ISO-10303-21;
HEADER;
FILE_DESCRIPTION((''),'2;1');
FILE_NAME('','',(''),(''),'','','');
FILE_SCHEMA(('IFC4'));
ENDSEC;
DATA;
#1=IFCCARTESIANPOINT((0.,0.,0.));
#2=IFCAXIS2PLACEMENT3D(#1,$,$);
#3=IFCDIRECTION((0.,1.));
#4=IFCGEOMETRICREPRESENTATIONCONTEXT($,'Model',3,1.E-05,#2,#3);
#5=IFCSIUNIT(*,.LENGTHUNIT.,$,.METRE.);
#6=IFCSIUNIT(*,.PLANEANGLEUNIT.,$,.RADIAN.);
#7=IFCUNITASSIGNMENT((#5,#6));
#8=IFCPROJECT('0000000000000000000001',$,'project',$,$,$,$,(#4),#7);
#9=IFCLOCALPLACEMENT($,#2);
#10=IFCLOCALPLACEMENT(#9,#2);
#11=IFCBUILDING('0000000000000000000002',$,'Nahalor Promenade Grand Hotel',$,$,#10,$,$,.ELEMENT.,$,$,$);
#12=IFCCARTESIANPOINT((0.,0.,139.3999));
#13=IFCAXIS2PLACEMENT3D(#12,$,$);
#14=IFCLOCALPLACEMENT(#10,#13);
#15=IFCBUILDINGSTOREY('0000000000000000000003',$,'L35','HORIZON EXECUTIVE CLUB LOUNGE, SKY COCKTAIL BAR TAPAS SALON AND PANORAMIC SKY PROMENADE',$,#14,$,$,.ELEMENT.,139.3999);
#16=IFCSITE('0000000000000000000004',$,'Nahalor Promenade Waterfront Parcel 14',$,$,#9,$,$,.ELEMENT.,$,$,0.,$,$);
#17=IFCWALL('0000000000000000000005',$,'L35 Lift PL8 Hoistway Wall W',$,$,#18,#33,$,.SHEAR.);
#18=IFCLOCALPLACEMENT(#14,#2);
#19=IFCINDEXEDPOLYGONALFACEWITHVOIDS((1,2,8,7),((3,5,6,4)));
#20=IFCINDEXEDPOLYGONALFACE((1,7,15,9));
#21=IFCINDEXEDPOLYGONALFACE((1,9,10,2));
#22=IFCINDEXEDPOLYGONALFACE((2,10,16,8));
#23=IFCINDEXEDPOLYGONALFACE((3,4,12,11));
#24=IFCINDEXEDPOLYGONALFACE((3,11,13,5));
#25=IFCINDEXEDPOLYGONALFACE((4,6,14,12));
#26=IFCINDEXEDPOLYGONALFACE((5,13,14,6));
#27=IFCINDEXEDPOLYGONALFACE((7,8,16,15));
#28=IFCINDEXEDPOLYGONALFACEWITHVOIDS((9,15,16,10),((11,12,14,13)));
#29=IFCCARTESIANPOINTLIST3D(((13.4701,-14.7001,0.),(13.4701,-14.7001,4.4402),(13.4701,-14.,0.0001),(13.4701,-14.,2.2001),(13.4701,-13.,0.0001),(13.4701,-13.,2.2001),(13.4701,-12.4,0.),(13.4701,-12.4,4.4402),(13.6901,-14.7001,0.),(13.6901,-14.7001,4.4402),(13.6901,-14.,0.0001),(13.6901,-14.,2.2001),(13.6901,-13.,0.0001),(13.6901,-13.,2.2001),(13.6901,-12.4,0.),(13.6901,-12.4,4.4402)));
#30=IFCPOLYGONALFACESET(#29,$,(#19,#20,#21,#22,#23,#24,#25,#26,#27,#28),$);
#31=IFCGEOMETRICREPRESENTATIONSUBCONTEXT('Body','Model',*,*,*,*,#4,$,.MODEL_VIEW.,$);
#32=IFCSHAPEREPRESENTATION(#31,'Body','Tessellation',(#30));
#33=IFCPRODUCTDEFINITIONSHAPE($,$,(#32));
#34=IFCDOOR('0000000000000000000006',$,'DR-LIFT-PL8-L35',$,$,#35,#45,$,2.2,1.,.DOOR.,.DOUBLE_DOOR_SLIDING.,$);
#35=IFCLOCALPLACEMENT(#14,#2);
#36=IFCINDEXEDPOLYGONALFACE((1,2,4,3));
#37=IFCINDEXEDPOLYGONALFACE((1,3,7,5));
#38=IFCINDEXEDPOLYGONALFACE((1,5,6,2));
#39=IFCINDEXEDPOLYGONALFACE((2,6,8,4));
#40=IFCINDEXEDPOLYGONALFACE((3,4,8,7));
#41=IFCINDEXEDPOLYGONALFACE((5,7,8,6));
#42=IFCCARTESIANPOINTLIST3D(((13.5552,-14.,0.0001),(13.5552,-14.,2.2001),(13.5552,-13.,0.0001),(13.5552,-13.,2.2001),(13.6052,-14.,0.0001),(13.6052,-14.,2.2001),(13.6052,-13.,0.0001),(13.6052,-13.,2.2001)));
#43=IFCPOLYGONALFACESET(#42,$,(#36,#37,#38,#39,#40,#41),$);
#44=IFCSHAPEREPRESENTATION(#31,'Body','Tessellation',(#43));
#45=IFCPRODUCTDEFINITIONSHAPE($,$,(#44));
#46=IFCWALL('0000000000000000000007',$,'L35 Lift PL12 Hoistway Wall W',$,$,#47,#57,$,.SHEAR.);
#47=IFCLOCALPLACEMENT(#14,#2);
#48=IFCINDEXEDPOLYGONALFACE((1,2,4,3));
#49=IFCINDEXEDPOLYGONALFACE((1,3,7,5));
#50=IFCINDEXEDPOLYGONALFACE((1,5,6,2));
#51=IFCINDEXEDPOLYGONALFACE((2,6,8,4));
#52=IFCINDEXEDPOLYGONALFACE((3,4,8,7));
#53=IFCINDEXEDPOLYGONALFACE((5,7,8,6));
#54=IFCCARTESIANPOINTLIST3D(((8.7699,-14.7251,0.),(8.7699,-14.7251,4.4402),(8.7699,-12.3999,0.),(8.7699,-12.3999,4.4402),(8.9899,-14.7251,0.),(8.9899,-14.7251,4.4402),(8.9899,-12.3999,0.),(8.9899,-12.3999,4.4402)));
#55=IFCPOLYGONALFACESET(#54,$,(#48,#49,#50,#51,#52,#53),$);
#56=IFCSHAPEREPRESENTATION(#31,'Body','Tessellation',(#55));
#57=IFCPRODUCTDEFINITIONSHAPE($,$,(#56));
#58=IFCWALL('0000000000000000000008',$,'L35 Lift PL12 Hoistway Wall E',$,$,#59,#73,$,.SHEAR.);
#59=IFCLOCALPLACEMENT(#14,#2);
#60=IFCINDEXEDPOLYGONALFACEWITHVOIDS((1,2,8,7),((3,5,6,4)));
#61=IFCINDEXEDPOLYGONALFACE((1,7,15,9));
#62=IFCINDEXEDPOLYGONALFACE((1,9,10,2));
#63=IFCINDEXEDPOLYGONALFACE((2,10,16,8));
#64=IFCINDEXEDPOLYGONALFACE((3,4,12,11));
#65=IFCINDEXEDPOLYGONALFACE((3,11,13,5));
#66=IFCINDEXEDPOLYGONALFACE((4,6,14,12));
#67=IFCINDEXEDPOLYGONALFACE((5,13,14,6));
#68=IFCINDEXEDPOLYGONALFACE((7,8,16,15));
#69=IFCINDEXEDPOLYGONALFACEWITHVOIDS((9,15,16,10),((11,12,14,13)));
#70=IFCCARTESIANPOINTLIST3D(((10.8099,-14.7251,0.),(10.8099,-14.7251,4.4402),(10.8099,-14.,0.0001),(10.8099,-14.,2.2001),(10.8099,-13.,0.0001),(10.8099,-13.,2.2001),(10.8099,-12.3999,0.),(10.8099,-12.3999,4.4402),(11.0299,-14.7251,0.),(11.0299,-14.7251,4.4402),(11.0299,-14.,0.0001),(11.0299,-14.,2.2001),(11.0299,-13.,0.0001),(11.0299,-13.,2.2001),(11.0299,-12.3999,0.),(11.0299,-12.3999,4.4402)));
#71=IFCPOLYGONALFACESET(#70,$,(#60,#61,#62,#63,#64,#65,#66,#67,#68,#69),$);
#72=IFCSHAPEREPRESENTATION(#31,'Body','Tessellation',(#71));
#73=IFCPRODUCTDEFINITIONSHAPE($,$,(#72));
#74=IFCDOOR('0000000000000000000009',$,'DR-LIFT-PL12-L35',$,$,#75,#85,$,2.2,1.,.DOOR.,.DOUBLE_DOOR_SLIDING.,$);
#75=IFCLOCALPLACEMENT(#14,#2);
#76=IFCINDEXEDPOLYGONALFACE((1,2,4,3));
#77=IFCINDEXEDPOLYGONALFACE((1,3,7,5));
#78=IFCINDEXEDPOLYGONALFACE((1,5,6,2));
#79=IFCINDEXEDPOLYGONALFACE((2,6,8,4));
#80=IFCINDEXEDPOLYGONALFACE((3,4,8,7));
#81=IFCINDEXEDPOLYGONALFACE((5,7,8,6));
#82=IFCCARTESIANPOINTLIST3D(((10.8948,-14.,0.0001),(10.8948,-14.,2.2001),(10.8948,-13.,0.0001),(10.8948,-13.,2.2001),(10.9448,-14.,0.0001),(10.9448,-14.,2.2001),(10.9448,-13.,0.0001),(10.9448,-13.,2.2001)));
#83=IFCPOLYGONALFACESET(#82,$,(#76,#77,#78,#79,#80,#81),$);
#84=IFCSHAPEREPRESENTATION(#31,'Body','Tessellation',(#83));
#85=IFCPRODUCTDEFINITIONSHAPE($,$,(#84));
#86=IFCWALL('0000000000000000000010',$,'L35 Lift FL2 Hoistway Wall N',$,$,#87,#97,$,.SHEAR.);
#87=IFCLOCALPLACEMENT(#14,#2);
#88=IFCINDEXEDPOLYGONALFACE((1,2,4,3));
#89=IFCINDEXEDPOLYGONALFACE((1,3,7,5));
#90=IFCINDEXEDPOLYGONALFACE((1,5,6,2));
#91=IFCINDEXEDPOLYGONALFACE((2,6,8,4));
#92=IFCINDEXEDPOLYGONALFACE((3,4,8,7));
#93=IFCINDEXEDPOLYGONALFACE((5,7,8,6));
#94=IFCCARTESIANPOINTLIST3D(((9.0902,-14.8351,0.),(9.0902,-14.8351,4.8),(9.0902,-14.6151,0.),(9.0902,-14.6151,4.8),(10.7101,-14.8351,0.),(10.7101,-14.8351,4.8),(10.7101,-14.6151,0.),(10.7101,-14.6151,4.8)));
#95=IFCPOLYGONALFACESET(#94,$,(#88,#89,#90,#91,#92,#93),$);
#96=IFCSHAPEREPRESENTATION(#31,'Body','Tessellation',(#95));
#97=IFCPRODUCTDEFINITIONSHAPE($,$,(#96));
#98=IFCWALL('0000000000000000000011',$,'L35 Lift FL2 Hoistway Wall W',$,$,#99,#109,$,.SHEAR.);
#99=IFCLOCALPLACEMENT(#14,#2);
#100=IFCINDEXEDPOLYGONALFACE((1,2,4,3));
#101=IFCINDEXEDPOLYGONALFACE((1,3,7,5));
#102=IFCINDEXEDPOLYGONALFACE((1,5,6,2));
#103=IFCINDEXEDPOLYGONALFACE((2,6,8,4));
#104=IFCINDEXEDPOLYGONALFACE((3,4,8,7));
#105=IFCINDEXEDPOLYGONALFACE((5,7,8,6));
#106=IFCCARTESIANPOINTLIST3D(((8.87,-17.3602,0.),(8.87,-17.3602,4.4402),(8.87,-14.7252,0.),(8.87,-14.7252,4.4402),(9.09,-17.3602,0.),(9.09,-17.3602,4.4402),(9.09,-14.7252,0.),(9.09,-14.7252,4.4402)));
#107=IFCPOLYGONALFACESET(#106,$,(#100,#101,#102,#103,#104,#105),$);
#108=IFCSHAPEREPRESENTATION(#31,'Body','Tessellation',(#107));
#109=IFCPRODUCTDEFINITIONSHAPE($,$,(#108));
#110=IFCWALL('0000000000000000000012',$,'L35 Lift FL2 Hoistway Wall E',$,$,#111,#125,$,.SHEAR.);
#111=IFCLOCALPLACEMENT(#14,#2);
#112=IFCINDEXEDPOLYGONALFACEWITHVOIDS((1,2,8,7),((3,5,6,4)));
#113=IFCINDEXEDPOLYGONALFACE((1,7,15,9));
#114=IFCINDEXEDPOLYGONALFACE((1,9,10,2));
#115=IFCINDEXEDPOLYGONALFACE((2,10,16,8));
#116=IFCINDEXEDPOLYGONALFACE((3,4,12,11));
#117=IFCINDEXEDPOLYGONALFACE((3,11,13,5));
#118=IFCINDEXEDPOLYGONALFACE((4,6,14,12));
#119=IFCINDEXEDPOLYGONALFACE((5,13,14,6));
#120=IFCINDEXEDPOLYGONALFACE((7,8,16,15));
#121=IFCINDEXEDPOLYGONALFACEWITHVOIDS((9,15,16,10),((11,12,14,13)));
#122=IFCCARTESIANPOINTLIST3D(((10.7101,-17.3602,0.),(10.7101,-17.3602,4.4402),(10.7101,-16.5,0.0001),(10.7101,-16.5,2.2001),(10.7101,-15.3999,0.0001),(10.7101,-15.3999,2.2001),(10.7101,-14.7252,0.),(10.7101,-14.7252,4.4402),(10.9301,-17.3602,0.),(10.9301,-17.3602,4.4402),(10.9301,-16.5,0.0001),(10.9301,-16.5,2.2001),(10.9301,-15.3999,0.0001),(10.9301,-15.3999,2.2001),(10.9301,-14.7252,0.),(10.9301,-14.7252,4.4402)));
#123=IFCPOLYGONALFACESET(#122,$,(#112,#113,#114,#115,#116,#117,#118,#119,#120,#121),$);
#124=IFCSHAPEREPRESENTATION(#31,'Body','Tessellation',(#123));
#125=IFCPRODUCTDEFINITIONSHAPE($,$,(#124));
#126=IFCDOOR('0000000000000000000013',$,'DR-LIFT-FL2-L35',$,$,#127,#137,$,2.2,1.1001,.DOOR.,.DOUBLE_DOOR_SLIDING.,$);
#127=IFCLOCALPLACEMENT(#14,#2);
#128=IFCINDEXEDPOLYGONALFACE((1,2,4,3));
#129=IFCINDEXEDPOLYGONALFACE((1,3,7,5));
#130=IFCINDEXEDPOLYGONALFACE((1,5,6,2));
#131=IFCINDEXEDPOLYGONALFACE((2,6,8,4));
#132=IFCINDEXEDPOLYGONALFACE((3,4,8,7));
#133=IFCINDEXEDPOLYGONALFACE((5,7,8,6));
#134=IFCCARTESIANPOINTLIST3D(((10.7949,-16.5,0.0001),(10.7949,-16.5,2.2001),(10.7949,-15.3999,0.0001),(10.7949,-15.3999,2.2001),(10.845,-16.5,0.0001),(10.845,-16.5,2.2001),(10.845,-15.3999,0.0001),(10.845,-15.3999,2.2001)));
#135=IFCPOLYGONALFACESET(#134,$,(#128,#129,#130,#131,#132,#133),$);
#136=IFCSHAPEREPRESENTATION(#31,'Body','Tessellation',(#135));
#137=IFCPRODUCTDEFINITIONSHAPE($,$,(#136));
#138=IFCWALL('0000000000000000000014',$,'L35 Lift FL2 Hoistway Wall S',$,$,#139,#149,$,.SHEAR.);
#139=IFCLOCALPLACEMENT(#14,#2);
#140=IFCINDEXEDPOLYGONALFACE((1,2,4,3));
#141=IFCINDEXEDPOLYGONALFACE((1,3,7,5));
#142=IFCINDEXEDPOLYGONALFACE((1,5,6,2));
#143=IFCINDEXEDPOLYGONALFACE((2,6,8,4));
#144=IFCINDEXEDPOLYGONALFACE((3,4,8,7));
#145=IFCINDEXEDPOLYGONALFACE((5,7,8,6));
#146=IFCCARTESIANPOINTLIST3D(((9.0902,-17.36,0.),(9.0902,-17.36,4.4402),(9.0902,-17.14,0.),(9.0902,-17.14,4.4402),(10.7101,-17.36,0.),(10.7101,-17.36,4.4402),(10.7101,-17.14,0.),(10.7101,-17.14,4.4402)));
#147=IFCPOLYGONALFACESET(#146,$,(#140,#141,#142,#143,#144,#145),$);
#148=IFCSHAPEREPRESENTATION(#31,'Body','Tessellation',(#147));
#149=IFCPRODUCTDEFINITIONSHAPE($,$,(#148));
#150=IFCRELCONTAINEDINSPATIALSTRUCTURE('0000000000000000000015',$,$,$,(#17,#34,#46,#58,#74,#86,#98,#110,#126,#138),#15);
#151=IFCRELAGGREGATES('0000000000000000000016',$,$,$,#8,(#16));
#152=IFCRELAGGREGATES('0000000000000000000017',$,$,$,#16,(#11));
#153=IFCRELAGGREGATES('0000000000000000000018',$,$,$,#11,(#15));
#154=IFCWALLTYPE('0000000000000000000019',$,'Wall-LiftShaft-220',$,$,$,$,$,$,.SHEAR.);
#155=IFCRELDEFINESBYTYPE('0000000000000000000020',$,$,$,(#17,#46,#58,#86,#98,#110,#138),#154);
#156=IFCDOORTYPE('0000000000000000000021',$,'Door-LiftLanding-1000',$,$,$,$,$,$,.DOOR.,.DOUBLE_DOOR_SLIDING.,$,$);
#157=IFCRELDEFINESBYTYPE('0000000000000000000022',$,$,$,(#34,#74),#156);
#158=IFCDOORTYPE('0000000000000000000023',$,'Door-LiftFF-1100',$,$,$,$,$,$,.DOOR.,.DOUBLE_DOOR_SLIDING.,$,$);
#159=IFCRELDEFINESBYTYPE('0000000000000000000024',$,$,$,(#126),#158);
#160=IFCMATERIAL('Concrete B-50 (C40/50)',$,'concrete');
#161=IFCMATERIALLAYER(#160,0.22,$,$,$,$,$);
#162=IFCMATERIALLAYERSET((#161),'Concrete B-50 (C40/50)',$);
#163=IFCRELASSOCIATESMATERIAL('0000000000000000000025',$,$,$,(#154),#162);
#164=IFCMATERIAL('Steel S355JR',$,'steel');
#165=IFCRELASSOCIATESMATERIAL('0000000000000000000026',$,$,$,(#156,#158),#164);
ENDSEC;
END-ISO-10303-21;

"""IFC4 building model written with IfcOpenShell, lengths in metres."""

from ifc_helpers import new_model, si_unit, direction, frame, frame_2d, origin, place, context, subcontext, project, spatial, rectangle, extrude, source, transform, mapped, material, layer, layer_set, type_object, element, fill, save


model = new_model("IFC4")

# Units and contexts
model_context = context("Model", 3, precision=1e-05, world=origin(), true_north=direction((0.0, 1.0)))
body_context = subcontext(model_context, "Body", "Model", "MODEL_VIEW")
ifc_project = project(units=[si_unit("LENGTHUNIT", "METRE"), si_unit("PLANEANGLEUNIT", "RADIAN")], contexts=[model_context])

# Site, building, storey
site_placement = place(None, origin())
site = spatial("IfcSite", under=ifc_project, at=site_placement, Name="Nahalor Promenade Waterfront Parcel 14", CompositionType="ELEMENT", RefElevation=0.0)
building_placement = place(site_placement, origin())
building = spatial("IfcBuilding", under=site, at=building_placement, Name="Nahalor Promenade Grand Hotel", CompositionType="ELEMENT")
storey_placement = place(building_placement, frame((0.0, 0.0, 139.3999)))
storey = spatial("IfcBuildingStorey", under=building, at=storey_placement, Name="L35", Description="HORIZON EXECUTIVE CLUB LOUNGE, SKY COCKTAIL BAR TAPAS SALON AND PANORAMIC SKY PROMENADE", CompositionType="ELEMENT", Elevation=139.3999)

# Shared definitions
ifc_material_1 = material(Name="Steel S355JR", Category="steel")

# Shared definitions
ifc_material_2 = material(Name="Concrete B-50 (C40/50)", Category="concrete")

# Shared definitions
ifc_layer_1 = layer(ifc_material_2, 0.22)
ifc_layer_set_1 = layer_set([ifc_layer_1], Name="Concrete B-50 (C40/50)")
wall_type_1 = type_object("IfcWallType", Name="Wall-LiftShaft-220", PredefinedType="SHEAR", material=ifc_layer_set_1)

# Wall, opening, door
shared_shape_1 = source(origin(), body_context, "Body", "SweptSolid", [
    extrude(rectangle(XDim=2.3, YDim=0.22, at=frame_2d((1.1499, 0.0))), origin(), (0.0, 0.0, 1.0), 4.4402),
])
wall_1_placement = place(storey_placement, frame((13.5801, -14.7, 0.0), z_axis=(0.0, 0.0, 1.0), x_axis=(0.0, 1.0, 0.0)))
wall_1 = element("IfcWall", 1, at=wall_1_placement, inside=storey, type_object=wall_type_1, Name="L35 Lift PL8 Hoistway Wall W", PredefinedType="SHEAR", context=body_context, shape_type="MappedRepresentation", body=[
    mapped(shared_shape_1, transform((0.0, 0.0, 0.0), scale=1.0)),
])
opening_1_placement = place(wall_1_placement, frame((0.7, 0.0, 0.0)))
opening_1 = element("IfcOpeningElement", 2, at=opening_1_placement, cuts=wall_1, PredefinedType="OPENING", context=body_context, shape_type="SweptSolid", body=[
    extrude(rectangle(XDim=1.0, YDim=2.2, at=frame_2d((0.5, 1.1001))), frame((0.0, 0.1199, 0.0), z_axis=(0.0, -1.0, 0.0), x_axis=(1.0, 0.0, 0.0)), (0.0, 0.0, 1.0), 0.24),
])
door_type_1 = type_object("IfcDoorType", Name="Door-LiftLanding-1000", OperationType="DOUBLE_DOOR_SLIDING", PredefinedType="DOOR", material=ifc_material_1)
shared_shape_2 = source(origin(), body_context, "Body", "SweptSolid", [
    extrude(rectangle(XDim=1.0, YDim=2.2, at=frame_2d((0.5, 1.1001))), frame((0.0, 0.0249, 0.0), z_axis=(0.0, -1.0, 0.0), x_axis=(1.0, 0.0, 0.0)), (0.0, 0.0, 1.0), 0.05),
])
door_1_placement = place(opening_1_placement, origin())
door_1 = element("IfcDoor", 3, at=door_1_placement, inside=storey, type_object=door_type_1, Name="DR-LIFT-PL8-L35", OperationType="DOUBLE_DOOR_SLIDING", OverallHeight=2.2, OverallWidth=1.0, PredefinedType="DOOR", context=body_context, shape_type="MappedRepresentation", body=[
    mapped(shared_shape_2, transform((0.0, 0.0, 0.0), scale=1.0)),
])
fill(opening_1, door_1)

# Wall
shared_shape_3 = source(origin(), body_context, "Body", "SweptSolid", [
    extrude(rectangle(XDim=2.3252, YDim=0.22, at=frame_2d((1.1626, 0.0))), origin(), (0.0, 0.0, 1.0), 4.4402),
])
wall_2_placement = place(storey_placement, frame((8.8799, -14.7251, 0.0), z_axis=(0.0, 0.0, 1.0), x_axis=(0.0, 1.0, 0.0)))
element("IfcWall", 4, at=wall_2_placement, inside=storey, type_object=wall_type_1, Name="L35 Lift PL12 Hoistway Wall W", PredefinedType="SHEAR", context=body_context, shape_type="MappedRepresentation", body=[
    mapped(shared_shape_3, transform((0.0, 0.0, 0.0), scale=1.0)),
])

# Wall, opening, door
wall_3_placement = place(storey_placement, frame((10.9199, -14.7251, 0.0), z_axis=(0.0, 0.0, 1.0), x_axis=(0.0, 1.0, 0.0)))
wall_3 = element("IfcWall", 5, at=wall_3_placement, inside=storey, type_object=wall_type_1, Name="L35 Lift PL12 Hoistway Wall E", PredefinedType="SHEAR", context=body_context, shape_type="MappedRepresentation", body=[
    mapped(shared_shape_3, transform((0.0, 0.0, 0.0), scale=1.0)),
])
opening_2_placement = place(wall_3_placement, frame((0.7251, 0.0, 0.0)))
opening_2 = element("IfcOpeningElement", 6, at=opening_2_placement, cuts=wall_3, PredefinedType="OPENING", context=body_context, shape_type="SweptSolid", body=[
    extrude(rectangle(XDim=1.0, YDim=2.2, at=frame_2d((0.5, 1.1001))), frame((0.0, 0.1199, 0.0), z_axis=(0.0, -1.0, 0.0), x_axis=(1.0, 0.0, 0.0)), (0.0, 0.0, 1.0), 0.24),
])
door_2_placement = place(opening_2_placement, frame((1.0, 0.0, 0.0), z_axis=(0.0, 0.0, 1.0), x_axis=(-1.0, 0.0, 0.0)))
door_2 = element("IfcDoor", 7, at=door_2_placement, inside=storey, type_object=door_type_1, Name="DR-LIFT-PL12-L35", OperationType="DOUBLE_DOOR_SLIDING", OverallHeight=2.2, OverallWidth=1.0, PredefinedType="DOOR", context=body_context, shape_type="MappedRepresentation", body=[
    mapped(shared_shape_2, transform((0.0, 0.0, 0.0), scale=1.0)),
])
fill(opening_2, door_2)

# Walls
shared_shape_4 = source(origin(), body_context, "Body", "SweptSolid", [
    extrude(rectangle(XDim=1.6199, YDim=0.22, at=frame_2d((0.8101, 0.0))), origin(), (0.0, 0.0, 1.0), 4.8),
])
wall_4_placement = place(storey_placement, frame((9.0901, -14.7251, 0.0), z_axis=(0.0, 0.0, 1.0), x_axis=(1.0, 0.0, 0.0)))
element("IfcWall", 8, at=wall_4_placement, inside=storey, type_object=wall_type_1, Name="L35 Lift FL2 Hoistway Wall N", PredefinedType="SHEAR", context=body_context, shape_type="MappedRepresentation", body=[
    mapped(shared_shape_4, transform((0.0, 0.0, 0.0), scale=1.0)),
])
shared_shape_5 = source(origin(), body_context, "Body", "SweptSolid", [
    extrude(rectangle(XDim=2.635, YDim=0.22, at=frame_2d((1.3174, 0.0))), origin(), (0.0, 0.0, 1.0), 4.4402),
])
wall_5_placement = place(storey_placement, frame((8.98, -17.3601, 0.0), z_axis=(0.0, 0.0, 1.0), x_axis=(0.0, 1.0, 0.0)))
element("IfcWall", 9, at=wall_5_placement, inside=storey, type_object=wall_type_1, Name="L35 Lift FL2 Hoistway Wall W", PredefinedType="SHEAR", context=body_context, shape_type="MappedRepresentation", body=[
    mapped(shared_shape_5, transform((0.0, 0.0, 0.0), scale=1.0)),
])

# Wall, opening, door
wall_6_placement = place(storey_placement, frame((10.8201, -17.3601, 0.0), z_axis=(0.0, 0.0, 1.0), x_axis=(0.0, 1.0, 0.0)))
wall_6 = element("IfcWall", 10, at=wall_6_placement, inside=storey, type_object=wall_type_1, Name="L35 Lift FL2 Hoistway Wall E", PredefinedType="SHEAR", context=body_context, shape_type="MappedRepresentation", body=[
    mapped(shared_shape_5, transform((0.0, 0.0, 0.0), scale=1.0)),
])
opening_3_placement = place(wall_6_placement, frame((0.8601, 0.0, 0.0)))
opening_3 = element("IfcOpeningElement", 11, at=opening_3_placement, cuts=wall_6, PredefinedType="OPENING", context=body_context, shape_type="SweptSolid", body=[
    extrude(rectangle(XDim=1.1001, YDim=2.2, at=frame_2d((0.55, 1.1001))), frame((0.0, 0.1199, 0.0), z_axis=(0.0, -1.0, 0.0), x_axis=(1.0, 0.0, 0.0)), (0.0, 0.0, 1.0), 0.24),
])
door_type_2 = type_object("IfcDoorType", Name="Door-LiftFF-1100", OperationType="DOUBLE_DOOR_SLIDING", PredefinedType="DOOR", material=ifc_material_1)
shared_shape_6 = source(origin(), body_context, "Body", "SweptSolid", [
    extrude(rectangle(XDim=1.1001, YDim=2.2, at=frame_2d((0.55, 1.1001))), frame((0.0, 0.0249, 0.0), z_axis=(0.0, -1.0, 0.0), x_axis=(1.0, 0.0, 0.0)), (0.0, 0.0, 1.0), 0.05),
])
door_3_placement = place(opening_3_placement, frame((1.1001, 0.0, 0.0), z_axis=(0.0, 0.0, 1.0), x_axis=(-1.0, 0.0, 0.0)))
door_3 = element("IfcDoor", 12, at=door_3_placement, inside=storey, type_object=door_type_2, Name="DR-LIFT-FL2-L35", OperationType="DOUBLE_DOOR_SLIDING", OverallHeight=2.2, OverallWidth=1.1001, PredefinedType="DOOR", context=body_context, shape_type="MappedRepresentation", body=[
    mapped(shared_shape_6, transform((0.0, 0.0, 0.0), scale=1.0)),
])
fill(opening_3, door_3)

# Wall
shared_shape_7 = source(origin(), body_context, "Body", "SweptSolid", [
    extrude(rectangle(XDim=1.6199, YDim=0.22, at=frame_2d((0.8101, 0.0))), origin(), (0.0, 0.0, 1.0), 4.4402),
])
wall_7_placement = place(storey_placement, frame((9.0901, -17.25, 0.0), z_axis=(0.0, 0.0, 1.0), x_axis=(1.0, 0.0, 0.0)))
element("IfcWall", 13, at=wall_7_placement, inside=storey, type_object=wall_type_1, Name="L35 Lift FL2 Hoistway Wall S", PredefinedType="SHEAR", context=body_context, shape_type="MappedRepresentation", body=[
    mapped(shared_shape_7, transform((0.0, 0.0, 0.0), scale=1.0)),
])

save(model, "model.ifc")
